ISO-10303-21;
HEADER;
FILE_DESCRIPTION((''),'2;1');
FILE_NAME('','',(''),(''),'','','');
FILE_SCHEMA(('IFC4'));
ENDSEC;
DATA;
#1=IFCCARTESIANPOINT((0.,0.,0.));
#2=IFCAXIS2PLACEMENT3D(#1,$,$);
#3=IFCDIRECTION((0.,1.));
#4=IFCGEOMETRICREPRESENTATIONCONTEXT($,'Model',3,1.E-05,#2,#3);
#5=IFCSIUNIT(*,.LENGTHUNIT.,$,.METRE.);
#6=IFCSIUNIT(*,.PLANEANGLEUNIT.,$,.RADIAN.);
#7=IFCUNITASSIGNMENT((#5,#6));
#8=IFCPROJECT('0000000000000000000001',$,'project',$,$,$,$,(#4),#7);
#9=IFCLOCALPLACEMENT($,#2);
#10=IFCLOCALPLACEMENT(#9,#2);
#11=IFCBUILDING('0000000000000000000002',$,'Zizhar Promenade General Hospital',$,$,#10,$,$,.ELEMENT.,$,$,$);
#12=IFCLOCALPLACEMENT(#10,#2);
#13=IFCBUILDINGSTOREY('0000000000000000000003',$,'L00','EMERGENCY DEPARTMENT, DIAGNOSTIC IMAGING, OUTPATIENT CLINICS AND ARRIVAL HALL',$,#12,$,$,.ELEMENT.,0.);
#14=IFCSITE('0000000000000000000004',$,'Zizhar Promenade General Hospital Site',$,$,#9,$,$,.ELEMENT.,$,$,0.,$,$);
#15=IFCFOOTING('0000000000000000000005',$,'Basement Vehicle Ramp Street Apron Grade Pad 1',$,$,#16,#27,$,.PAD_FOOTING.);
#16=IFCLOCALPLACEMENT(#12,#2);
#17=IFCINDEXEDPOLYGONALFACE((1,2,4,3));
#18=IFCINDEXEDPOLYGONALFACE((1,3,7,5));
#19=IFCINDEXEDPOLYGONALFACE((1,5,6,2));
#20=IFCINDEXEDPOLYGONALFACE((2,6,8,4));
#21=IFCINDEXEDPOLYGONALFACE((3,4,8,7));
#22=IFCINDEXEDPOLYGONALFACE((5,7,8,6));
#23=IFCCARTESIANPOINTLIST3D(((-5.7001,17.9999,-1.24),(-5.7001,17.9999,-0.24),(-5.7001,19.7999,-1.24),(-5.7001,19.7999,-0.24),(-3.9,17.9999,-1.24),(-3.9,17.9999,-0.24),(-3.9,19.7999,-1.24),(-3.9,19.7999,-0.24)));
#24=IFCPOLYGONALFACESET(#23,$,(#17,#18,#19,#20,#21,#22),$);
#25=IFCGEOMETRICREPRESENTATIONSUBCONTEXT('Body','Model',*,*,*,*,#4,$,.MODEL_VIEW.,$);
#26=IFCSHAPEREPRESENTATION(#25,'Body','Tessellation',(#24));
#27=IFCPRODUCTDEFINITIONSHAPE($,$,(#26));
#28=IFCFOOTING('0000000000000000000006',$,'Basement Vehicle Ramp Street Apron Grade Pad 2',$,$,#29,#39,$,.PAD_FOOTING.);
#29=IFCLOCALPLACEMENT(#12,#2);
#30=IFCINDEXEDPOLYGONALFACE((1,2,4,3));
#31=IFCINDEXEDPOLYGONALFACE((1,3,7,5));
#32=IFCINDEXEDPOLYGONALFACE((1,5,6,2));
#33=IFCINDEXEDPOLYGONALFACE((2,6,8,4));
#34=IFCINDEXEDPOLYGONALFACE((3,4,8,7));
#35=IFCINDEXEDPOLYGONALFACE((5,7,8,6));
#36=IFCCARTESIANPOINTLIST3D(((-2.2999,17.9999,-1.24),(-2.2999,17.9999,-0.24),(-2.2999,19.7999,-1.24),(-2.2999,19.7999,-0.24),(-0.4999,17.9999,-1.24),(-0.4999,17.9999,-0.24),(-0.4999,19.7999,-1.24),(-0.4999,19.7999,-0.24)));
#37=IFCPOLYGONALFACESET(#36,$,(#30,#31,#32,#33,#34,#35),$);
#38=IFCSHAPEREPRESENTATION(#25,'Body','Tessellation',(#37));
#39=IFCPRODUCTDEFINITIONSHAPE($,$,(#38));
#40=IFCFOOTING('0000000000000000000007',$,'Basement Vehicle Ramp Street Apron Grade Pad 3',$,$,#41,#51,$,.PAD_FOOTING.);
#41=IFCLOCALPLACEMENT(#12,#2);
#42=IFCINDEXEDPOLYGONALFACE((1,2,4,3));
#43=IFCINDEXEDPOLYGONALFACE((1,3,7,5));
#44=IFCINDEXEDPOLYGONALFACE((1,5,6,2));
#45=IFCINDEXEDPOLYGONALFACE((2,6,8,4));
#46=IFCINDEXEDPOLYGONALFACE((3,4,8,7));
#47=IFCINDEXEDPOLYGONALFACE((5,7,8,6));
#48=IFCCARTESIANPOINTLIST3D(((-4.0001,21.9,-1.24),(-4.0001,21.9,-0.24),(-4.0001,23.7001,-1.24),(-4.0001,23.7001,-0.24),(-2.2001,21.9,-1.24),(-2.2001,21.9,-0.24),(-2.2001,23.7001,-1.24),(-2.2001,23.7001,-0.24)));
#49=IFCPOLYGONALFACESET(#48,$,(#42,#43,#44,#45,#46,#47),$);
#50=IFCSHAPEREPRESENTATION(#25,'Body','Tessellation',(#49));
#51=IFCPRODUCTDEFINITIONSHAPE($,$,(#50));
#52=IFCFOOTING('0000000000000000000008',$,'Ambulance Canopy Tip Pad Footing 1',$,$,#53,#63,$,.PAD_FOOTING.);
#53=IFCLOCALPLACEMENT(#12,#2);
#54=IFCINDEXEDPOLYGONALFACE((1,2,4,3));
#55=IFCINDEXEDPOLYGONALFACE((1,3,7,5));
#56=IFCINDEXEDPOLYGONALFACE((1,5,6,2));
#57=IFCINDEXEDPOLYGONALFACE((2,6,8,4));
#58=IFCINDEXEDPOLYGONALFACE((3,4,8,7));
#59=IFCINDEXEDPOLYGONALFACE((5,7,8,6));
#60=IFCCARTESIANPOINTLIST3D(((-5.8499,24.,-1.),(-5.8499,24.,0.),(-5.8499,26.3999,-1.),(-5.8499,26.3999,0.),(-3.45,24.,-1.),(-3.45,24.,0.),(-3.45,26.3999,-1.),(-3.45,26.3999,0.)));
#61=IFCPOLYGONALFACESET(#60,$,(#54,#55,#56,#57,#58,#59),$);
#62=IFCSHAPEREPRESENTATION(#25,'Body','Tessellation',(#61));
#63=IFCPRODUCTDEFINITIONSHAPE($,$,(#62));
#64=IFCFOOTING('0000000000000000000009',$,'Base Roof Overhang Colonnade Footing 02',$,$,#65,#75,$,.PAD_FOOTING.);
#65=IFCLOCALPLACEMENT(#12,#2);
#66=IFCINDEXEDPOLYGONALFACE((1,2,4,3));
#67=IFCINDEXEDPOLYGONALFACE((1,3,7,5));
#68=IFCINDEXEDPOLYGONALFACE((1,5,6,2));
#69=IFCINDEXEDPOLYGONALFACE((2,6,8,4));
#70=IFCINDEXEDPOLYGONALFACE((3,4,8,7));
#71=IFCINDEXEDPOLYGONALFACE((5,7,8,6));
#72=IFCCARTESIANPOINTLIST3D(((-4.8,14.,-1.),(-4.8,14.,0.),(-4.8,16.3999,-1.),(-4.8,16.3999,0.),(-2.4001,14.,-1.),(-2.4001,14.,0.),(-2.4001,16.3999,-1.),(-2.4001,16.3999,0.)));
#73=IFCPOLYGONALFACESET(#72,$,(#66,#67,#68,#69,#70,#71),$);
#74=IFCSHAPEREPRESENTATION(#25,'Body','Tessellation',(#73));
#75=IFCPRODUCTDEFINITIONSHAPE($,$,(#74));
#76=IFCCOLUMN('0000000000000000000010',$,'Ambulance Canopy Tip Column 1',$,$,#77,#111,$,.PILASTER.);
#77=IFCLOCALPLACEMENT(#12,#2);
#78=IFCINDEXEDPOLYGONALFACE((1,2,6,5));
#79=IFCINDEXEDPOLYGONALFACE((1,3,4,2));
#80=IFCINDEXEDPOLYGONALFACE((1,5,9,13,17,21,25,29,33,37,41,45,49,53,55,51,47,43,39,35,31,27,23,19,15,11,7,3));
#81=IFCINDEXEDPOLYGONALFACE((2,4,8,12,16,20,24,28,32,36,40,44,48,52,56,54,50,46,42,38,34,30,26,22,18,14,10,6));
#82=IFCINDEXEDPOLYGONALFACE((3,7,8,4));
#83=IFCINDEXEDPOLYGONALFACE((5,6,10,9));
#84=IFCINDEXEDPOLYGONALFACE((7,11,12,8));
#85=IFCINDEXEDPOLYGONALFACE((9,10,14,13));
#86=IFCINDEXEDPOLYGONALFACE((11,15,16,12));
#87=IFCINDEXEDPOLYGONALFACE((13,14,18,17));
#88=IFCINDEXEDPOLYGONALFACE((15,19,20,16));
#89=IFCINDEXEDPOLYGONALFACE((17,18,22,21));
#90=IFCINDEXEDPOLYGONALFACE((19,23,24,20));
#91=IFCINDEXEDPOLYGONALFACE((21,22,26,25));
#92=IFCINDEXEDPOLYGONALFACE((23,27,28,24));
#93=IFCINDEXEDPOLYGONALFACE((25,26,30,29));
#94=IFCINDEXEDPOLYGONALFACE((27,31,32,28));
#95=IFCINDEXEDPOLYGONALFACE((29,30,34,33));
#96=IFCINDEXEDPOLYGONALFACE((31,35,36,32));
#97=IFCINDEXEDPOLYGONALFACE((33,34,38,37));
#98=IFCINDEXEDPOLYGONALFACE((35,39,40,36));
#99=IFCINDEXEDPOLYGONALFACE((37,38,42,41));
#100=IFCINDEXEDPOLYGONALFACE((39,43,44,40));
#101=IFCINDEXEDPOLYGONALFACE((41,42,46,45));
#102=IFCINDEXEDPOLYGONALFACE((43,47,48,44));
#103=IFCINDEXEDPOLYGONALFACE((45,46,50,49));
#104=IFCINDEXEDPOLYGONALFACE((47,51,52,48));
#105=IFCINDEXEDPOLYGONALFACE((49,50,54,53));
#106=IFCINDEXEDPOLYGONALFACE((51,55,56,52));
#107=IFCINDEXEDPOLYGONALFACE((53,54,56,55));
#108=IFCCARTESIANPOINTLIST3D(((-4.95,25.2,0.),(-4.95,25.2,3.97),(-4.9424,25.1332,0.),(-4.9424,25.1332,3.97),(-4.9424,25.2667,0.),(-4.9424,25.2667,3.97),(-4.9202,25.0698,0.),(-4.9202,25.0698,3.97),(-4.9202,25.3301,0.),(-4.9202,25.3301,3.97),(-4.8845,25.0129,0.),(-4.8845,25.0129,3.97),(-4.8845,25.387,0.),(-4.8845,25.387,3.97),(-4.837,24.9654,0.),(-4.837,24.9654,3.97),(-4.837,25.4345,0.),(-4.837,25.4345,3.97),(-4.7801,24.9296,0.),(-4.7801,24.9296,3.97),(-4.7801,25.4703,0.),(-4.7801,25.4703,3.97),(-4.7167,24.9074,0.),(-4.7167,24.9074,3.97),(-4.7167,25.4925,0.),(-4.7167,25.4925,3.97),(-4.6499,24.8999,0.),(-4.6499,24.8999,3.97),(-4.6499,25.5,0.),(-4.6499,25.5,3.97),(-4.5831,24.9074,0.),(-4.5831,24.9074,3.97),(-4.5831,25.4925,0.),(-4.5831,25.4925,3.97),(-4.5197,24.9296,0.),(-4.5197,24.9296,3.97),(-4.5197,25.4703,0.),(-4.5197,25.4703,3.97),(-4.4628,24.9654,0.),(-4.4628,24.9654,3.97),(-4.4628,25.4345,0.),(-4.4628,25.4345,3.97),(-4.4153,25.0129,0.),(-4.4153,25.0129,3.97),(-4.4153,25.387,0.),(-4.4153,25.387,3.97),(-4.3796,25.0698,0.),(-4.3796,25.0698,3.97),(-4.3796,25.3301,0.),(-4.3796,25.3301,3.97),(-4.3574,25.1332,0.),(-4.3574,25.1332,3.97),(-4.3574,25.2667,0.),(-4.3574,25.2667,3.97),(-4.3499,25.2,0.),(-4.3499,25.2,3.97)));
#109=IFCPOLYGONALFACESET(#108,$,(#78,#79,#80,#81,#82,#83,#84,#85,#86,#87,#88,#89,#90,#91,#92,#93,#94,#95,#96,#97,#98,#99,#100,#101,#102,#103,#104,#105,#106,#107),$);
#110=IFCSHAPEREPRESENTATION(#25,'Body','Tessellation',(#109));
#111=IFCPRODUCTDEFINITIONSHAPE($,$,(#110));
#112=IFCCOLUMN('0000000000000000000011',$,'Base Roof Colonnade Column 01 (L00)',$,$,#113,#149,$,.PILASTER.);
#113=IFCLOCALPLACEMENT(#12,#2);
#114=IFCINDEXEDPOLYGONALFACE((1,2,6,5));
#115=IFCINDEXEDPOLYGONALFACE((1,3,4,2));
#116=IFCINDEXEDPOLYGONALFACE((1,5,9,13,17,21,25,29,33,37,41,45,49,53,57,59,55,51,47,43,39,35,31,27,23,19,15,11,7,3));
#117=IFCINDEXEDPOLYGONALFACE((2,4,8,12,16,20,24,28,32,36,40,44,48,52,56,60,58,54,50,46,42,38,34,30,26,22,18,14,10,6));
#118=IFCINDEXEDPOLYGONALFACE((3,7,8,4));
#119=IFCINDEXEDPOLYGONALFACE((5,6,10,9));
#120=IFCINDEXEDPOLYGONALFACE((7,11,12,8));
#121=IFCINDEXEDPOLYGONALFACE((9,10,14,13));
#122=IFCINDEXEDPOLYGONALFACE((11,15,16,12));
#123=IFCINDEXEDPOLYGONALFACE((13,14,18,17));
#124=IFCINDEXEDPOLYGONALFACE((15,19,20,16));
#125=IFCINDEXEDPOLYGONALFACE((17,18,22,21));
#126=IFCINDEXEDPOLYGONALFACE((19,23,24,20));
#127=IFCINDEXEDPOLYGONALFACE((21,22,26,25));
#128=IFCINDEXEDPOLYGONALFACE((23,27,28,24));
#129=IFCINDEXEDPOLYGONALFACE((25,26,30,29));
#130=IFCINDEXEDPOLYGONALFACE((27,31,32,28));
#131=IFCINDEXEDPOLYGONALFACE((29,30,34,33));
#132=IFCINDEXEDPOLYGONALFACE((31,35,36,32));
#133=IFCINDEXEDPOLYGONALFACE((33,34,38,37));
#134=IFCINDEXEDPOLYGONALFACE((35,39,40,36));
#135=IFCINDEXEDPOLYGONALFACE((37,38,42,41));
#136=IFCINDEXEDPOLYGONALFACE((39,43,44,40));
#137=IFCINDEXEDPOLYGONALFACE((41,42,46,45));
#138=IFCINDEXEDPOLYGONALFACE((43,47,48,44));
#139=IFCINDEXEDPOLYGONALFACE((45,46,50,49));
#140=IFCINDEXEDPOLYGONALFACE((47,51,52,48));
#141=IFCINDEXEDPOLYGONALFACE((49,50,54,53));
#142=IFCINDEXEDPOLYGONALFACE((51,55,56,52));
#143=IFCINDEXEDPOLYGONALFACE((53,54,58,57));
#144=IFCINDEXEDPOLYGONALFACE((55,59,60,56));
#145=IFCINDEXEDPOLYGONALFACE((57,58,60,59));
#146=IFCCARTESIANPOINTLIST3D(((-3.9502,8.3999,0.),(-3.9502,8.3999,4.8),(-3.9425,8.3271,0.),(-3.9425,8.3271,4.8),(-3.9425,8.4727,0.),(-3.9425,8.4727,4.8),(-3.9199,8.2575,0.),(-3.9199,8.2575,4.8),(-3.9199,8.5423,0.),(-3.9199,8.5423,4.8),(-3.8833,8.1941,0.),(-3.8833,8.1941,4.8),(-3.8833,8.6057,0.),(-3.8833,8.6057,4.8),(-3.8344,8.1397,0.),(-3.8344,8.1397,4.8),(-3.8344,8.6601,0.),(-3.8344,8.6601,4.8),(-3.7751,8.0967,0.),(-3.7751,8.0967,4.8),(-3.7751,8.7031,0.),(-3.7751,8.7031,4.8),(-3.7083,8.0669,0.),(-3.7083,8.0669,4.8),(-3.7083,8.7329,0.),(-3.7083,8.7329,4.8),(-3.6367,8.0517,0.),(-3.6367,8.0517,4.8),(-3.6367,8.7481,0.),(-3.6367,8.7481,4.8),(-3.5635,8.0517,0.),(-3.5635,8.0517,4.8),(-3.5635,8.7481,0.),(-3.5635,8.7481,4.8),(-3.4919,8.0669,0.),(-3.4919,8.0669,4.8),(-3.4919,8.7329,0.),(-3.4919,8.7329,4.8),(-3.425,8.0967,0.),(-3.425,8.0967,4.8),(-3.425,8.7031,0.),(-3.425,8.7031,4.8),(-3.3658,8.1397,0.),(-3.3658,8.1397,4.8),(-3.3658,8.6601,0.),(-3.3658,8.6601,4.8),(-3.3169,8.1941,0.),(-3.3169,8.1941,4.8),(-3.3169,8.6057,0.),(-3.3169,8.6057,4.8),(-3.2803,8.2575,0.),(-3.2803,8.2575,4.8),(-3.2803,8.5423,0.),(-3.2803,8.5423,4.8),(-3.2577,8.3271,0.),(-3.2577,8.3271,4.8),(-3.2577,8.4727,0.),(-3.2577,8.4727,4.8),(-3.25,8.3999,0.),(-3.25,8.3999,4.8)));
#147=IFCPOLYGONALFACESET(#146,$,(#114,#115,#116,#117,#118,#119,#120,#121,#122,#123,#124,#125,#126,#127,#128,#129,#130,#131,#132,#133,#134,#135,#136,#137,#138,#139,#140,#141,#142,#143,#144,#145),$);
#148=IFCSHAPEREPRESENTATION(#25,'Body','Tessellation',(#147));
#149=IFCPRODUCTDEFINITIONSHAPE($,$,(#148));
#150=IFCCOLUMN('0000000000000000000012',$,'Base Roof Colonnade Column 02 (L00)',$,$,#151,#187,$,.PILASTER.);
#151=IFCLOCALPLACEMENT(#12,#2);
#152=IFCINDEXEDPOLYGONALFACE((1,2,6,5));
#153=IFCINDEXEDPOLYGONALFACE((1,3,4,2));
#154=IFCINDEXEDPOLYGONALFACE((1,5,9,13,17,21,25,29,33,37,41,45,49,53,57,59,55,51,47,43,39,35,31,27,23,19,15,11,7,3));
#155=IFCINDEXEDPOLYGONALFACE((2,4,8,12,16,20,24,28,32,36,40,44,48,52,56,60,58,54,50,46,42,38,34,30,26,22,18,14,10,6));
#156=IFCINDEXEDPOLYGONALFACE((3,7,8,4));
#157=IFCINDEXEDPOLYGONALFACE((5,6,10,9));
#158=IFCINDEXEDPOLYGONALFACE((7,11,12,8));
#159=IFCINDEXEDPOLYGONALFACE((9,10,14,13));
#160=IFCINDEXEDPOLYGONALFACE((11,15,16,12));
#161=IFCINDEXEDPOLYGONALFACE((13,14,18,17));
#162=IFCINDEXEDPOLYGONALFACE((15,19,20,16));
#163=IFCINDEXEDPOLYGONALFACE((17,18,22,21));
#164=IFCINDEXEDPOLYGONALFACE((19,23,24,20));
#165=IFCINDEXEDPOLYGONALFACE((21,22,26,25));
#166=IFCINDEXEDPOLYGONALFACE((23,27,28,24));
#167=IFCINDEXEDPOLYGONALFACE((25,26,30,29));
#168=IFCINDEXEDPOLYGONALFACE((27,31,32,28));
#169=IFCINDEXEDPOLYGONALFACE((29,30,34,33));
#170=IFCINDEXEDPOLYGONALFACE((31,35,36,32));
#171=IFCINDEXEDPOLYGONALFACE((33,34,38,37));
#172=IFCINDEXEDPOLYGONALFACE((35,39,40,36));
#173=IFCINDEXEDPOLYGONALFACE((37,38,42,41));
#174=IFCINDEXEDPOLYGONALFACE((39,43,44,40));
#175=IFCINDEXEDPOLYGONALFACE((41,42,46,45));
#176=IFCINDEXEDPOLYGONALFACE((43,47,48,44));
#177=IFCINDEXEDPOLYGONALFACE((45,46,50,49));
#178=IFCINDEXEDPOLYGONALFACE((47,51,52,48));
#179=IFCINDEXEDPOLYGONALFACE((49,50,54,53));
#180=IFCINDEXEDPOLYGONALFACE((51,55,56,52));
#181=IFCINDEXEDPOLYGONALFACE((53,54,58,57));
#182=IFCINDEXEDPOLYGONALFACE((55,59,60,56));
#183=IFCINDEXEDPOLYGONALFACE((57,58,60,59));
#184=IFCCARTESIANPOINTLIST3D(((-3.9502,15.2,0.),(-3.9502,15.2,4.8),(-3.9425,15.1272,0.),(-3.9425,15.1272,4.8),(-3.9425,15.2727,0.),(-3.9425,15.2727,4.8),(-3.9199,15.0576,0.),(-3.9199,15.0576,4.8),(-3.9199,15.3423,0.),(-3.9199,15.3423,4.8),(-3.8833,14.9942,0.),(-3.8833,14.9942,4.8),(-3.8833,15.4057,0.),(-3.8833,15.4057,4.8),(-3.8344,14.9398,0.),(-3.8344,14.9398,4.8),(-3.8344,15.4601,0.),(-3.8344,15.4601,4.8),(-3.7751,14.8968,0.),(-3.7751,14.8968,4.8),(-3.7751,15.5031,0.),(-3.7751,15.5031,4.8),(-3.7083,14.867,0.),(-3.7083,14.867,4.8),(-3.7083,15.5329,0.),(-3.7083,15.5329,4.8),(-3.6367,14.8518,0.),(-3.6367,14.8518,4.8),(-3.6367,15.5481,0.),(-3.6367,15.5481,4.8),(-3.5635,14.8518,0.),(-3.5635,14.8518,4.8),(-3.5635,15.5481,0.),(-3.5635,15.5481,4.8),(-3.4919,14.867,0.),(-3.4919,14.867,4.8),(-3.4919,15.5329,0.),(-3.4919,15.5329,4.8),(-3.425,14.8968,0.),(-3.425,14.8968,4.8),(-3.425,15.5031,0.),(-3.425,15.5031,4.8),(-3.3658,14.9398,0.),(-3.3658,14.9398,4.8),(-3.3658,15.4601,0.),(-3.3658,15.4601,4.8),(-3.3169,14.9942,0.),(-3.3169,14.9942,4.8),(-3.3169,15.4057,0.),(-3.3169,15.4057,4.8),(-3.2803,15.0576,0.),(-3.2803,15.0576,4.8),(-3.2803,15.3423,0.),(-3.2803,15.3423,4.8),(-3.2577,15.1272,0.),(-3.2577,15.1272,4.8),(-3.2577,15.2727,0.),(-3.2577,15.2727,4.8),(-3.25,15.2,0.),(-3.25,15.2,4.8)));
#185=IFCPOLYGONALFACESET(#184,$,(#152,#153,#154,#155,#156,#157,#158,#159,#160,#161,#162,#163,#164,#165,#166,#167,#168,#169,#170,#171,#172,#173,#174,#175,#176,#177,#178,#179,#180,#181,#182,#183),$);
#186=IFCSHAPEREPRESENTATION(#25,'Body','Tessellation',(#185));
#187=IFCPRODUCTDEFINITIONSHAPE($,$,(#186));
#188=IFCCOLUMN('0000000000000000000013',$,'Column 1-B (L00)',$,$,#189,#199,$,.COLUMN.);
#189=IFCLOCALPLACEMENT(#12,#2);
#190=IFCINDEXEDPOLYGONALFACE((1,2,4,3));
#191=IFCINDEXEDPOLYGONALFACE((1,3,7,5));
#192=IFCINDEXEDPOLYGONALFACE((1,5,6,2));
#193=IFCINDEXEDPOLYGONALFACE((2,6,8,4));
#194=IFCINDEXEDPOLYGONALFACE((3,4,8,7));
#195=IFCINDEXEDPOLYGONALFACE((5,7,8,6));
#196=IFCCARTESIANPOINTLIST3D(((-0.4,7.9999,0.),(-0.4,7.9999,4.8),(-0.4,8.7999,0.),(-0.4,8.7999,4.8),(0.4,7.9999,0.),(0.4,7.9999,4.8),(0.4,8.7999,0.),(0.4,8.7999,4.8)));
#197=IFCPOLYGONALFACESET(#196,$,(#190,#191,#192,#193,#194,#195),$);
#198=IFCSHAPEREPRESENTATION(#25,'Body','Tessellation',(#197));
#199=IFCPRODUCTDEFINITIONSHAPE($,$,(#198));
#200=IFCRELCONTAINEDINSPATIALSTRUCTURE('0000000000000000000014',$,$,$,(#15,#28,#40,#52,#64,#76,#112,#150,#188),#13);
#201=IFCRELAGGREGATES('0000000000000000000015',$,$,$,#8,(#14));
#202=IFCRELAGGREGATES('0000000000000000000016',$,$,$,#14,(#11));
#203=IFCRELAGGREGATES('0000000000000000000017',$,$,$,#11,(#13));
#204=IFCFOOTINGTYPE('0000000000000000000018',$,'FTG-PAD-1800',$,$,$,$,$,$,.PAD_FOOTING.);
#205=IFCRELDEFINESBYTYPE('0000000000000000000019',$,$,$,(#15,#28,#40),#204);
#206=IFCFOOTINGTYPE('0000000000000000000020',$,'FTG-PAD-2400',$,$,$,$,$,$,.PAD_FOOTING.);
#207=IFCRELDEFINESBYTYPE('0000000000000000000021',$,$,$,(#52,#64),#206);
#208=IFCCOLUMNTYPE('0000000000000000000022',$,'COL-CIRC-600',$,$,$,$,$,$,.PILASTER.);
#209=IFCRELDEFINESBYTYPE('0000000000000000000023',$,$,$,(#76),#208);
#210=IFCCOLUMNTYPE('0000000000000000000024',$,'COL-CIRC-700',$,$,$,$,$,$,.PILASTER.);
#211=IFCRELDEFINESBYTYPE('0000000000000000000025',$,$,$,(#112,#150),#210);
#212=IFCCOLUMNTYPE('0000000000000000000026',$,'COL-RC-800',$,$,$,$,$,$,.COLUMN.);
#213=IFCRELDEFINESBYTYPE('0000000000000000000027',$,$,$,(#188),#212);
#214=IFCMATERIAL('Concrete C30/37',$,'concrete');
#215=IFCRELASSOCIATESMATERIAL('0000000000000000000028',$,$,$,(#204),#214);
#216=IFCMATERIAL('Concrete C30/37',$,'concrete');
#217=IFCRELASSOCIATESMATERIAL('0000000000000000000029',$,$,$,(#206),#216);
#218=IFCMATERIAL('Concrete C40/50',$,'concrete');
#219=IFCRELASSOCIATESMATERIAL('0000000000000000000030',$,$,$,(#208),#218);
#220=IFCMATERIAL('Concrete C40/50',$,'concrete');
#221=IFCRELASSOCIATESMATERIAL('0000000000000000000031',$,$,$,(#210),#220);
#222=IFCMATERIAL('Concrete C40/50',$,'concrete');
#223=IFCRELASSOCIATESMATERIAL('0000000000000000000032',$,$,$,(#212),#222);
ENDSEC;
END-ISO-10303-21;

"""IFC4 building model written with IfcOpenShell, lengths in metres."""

from ifc_helpers import new_model, si_unit, direction, frame, origin, origin_2d, place, context, subcontext, project, spatial, rectangle, circle, extrude, material, material_profile, profile_set, type_object, element, save


model = new_model("IFC4")

# Units and contexts
model_context = context("Model", 3, precision=1e-05, world=origin(), true_north=direction((0.0, 1.0)))
body_context = subcontext(model_context, "Body", "Model", "MODEL_VIEW")
ifc_project = project(units=[si_unit("LENGTHUNIT", "METRE"), si_unit("PLANEANGLEUNIT", "RADIAN")], contexts=[model_context])

# Site, building, storey
site_placement = place(None, origin())
site = spatial("IfcSite", under=ifc_project, at=site_placement, Name="Zizhar Promenade General Hospital Site", CompositionType="ELEMENT", RefElevation=0.0)
building_placement = place(site_placement, origin())
building = spatial("IfcBuilding", under=site, at=building_placement, Name="Zizhar Promenade General Hospital", CompositionType="ELEMENT")
storey_placement = place(building_placement, origin())
storey = spatial("IfcBuildingStorey", under=building, at=storey_placement, Name="L00", Description="EMERGENCY DEPARTMENT, DIAGNOSTIC IMAGING, OUTPATIENT CLINICS AND ARRIVAL HALL", CompositionType="ELEMENT", Elevation=0.0)

# Footings
ifc_material_1 = material(Name="Concrete C30/37", Category="concrete")
footing_type_1 = type_object("IfcFootingType", Name="FTG-PAD-1800", PredefinedType="PAD_FOOTING", material=ifc_material_1)
for number, where, z_axis, x_axis, name in (
    (1, (-4.8, 18.8999, -1.24), (0.0, 0.0, 1.0), (1.0, 0.0, 0.0), "Basement Vehicle Ramp Street Apron Grade Pad 1"),
    (2, (-1.3999, 18.8999, -1.24), (0.0, 0.0, 1.0), (1.0, 0.0, 0.0), "Basement Vehicle Ramp Street Apron Grade Pad 2"),
    (3, (-3.1001, 22.8, -1.24), (0.0, 0.0, 1.0), (1.0, 0.0, 0.0), "Basement Vehicle Ramp Street Apron Grade Pad 3"),
):
    element("IfcFooting", number, at=place(storey_placement, frame(where, z_axis=z_axis, x_axis=x_axis)), inside=storey, type_object=footing_type_1, Name=name, PredefinedType="PAD_FOOTING", context=body_context, shape_type="SweptSolid", body=[
        extrude(rectangle(XDim=1.8, YDim=1.8, at=origin_2d()), origin(), (0.0, 0.0, 1.0), 1.0),
    ])
ifc_material_2 = material(Name="Concrete C30/37", Category="concrete")
footing_type_2 = type_object("IfcFootingType", Name="FTG-PAD-2400", PredefinedType="PAD_FOOTING", material=ifc_material_2)
for number, where, z_axis, x_axis, name in (
    (4, (-4.6499, 25.2, -1.0), (0.0, 0.0, 1.0), (1.0, 0.0, 0.0), "Ambulance Canopy Tip Pad Footing 1"),
    (5, (-3.6001, 15.2, -1.0), (0.0, 0.0, 1.0), (1.0, 0.0, 0.0), "Base Roof Overhang Colonnade Footing 02"),
):
    element("IfcFooting", number, at=place(storey_placement, frame(where, z_axis=z_axis, x_axis=x_axis)), inside=storey, type_object=footing_type_2, Name=name, PredefinedType="PAD_FOOTING", context=body_context, shape_type="SweptSolid", body=[
        extrude(rectangle(XDim=2.3999, YDim=2.3999, at=origin_2d()), origin(), (0.0, 0.0, 1.0), 1.0),
    ])

# Columns
ifc_material_3 = material(Name="Concrete C40/50", Category="concrete")
ifc_material_profile_1 = material_profile(ifc_material_3, circle(Radius=0.3, at=origin_2d()))
ifc_profile_set_1 = profile_set([ifc_material_profile_1], Name="Concrete C40/50")
column_type_1 = type_object("IfcColumnType", Name="COL-CIRC-600", PredefinedType="PILASTER", material=ifc_profile_set_1)
column_placement = place(storey_placement, frame((-4.6499, 25.2, 0.0), z_axis=(0.0, 0.0, 1.0), x_axis=(1.0, 0.0, 0.0)))
element("IfcColumn", 6, at=column_placement, inside=storey, type_object=column_type_1, Name="Ambulance Canopy Tip Column 1", PredefinedType="PILASTER", context=body_context, shape_type="SweptSolid", body=[
    extrude(circle(Radius=0.3, at=origin_2d()), origin(), (0.0, 0.0, 1.0), 3.97),
])
ifc_material_4 = material(Name="Concrete C40/50", Category="concrete")
ifc_material_profile_2 = material_profile(ifc_material_4, circle(Radius=0.3501, at=origin_2d()))
ifc_profile_set_2 = profile_set([ifc_material_profile_2], Name="Concrete C40/50")
column_type_2 = type_object("IfcColumnType", Name="COL-CIRC-700", PredefinedType="PILASTER", material=ifc_profile_set_2)
for number, where, z_axis, x_axis, name in (
    (7, (-3.6001, 8.3999, 0.0), (0.0, 0.0, 1.0), (1.0, 0.0, 0.0), "Base Roof Colonnade Column 01 (L00)"),
    (8, (-3.6001, 15.2, 0.0), (0.0, 0.0, 1.0), (1.0, 0.0, 0.0), "Base Roof Colonnade Column 02 (L00)"),
):
    element("IfcColumn", number, at=place(storey_placement, frame(where, z_axis=z_axis, x_axis=x_axis)), inside=storey, type_object=column_type_2, Name=name, PredefinedType="PILASTER", context=body_context, shape_type="SweptSolid", body=[
        extrude(circle(Radius=0.3501, at=origin_2d()), origin(), (0.0, 0.0, 1.0), 4.8),
    ])
ifc_material_5 = material(Name="Concrete C40/50", Category="concrete")
ifc_material_profile_3 = material_profile(ifc_material_5, rectangle(XDim=0.8, YDim=0.8, at=origin_2d()))
ifc_profile_set_3 = profile_set([ifc_material_profile_3], Name="Concrete C40/50")
column_type_3 = type_object("IfcColumnType", Name="COL-RC-800", PredefinedType="COLUMN", material=ifc_profile_set_3)
for number, where, z_axis, x_axis, name in (
    (9, (0.0, 8.3999, 0.0), (0.0, 0.0, 1.0), (1.0, 0.0, 0.0), "Column 1-B (L00)"),
):
    element("IfcColumn", number, at=place(storey_placement, frame(where, z_axis=z_axis, x_axis=x_axis)), inside=storey, type_object=column_type_3, Name=name, PredefinedType="COLUMN", context=body_context, shape_type="SweptSolid", body=[
        extrude(rectangle(XDim=0.8, YDim=0.8, at=origin_2d()), origin(), (0.0, 0.0, 1.0), 4.8),
    ])

save(model, "model.ifc")
